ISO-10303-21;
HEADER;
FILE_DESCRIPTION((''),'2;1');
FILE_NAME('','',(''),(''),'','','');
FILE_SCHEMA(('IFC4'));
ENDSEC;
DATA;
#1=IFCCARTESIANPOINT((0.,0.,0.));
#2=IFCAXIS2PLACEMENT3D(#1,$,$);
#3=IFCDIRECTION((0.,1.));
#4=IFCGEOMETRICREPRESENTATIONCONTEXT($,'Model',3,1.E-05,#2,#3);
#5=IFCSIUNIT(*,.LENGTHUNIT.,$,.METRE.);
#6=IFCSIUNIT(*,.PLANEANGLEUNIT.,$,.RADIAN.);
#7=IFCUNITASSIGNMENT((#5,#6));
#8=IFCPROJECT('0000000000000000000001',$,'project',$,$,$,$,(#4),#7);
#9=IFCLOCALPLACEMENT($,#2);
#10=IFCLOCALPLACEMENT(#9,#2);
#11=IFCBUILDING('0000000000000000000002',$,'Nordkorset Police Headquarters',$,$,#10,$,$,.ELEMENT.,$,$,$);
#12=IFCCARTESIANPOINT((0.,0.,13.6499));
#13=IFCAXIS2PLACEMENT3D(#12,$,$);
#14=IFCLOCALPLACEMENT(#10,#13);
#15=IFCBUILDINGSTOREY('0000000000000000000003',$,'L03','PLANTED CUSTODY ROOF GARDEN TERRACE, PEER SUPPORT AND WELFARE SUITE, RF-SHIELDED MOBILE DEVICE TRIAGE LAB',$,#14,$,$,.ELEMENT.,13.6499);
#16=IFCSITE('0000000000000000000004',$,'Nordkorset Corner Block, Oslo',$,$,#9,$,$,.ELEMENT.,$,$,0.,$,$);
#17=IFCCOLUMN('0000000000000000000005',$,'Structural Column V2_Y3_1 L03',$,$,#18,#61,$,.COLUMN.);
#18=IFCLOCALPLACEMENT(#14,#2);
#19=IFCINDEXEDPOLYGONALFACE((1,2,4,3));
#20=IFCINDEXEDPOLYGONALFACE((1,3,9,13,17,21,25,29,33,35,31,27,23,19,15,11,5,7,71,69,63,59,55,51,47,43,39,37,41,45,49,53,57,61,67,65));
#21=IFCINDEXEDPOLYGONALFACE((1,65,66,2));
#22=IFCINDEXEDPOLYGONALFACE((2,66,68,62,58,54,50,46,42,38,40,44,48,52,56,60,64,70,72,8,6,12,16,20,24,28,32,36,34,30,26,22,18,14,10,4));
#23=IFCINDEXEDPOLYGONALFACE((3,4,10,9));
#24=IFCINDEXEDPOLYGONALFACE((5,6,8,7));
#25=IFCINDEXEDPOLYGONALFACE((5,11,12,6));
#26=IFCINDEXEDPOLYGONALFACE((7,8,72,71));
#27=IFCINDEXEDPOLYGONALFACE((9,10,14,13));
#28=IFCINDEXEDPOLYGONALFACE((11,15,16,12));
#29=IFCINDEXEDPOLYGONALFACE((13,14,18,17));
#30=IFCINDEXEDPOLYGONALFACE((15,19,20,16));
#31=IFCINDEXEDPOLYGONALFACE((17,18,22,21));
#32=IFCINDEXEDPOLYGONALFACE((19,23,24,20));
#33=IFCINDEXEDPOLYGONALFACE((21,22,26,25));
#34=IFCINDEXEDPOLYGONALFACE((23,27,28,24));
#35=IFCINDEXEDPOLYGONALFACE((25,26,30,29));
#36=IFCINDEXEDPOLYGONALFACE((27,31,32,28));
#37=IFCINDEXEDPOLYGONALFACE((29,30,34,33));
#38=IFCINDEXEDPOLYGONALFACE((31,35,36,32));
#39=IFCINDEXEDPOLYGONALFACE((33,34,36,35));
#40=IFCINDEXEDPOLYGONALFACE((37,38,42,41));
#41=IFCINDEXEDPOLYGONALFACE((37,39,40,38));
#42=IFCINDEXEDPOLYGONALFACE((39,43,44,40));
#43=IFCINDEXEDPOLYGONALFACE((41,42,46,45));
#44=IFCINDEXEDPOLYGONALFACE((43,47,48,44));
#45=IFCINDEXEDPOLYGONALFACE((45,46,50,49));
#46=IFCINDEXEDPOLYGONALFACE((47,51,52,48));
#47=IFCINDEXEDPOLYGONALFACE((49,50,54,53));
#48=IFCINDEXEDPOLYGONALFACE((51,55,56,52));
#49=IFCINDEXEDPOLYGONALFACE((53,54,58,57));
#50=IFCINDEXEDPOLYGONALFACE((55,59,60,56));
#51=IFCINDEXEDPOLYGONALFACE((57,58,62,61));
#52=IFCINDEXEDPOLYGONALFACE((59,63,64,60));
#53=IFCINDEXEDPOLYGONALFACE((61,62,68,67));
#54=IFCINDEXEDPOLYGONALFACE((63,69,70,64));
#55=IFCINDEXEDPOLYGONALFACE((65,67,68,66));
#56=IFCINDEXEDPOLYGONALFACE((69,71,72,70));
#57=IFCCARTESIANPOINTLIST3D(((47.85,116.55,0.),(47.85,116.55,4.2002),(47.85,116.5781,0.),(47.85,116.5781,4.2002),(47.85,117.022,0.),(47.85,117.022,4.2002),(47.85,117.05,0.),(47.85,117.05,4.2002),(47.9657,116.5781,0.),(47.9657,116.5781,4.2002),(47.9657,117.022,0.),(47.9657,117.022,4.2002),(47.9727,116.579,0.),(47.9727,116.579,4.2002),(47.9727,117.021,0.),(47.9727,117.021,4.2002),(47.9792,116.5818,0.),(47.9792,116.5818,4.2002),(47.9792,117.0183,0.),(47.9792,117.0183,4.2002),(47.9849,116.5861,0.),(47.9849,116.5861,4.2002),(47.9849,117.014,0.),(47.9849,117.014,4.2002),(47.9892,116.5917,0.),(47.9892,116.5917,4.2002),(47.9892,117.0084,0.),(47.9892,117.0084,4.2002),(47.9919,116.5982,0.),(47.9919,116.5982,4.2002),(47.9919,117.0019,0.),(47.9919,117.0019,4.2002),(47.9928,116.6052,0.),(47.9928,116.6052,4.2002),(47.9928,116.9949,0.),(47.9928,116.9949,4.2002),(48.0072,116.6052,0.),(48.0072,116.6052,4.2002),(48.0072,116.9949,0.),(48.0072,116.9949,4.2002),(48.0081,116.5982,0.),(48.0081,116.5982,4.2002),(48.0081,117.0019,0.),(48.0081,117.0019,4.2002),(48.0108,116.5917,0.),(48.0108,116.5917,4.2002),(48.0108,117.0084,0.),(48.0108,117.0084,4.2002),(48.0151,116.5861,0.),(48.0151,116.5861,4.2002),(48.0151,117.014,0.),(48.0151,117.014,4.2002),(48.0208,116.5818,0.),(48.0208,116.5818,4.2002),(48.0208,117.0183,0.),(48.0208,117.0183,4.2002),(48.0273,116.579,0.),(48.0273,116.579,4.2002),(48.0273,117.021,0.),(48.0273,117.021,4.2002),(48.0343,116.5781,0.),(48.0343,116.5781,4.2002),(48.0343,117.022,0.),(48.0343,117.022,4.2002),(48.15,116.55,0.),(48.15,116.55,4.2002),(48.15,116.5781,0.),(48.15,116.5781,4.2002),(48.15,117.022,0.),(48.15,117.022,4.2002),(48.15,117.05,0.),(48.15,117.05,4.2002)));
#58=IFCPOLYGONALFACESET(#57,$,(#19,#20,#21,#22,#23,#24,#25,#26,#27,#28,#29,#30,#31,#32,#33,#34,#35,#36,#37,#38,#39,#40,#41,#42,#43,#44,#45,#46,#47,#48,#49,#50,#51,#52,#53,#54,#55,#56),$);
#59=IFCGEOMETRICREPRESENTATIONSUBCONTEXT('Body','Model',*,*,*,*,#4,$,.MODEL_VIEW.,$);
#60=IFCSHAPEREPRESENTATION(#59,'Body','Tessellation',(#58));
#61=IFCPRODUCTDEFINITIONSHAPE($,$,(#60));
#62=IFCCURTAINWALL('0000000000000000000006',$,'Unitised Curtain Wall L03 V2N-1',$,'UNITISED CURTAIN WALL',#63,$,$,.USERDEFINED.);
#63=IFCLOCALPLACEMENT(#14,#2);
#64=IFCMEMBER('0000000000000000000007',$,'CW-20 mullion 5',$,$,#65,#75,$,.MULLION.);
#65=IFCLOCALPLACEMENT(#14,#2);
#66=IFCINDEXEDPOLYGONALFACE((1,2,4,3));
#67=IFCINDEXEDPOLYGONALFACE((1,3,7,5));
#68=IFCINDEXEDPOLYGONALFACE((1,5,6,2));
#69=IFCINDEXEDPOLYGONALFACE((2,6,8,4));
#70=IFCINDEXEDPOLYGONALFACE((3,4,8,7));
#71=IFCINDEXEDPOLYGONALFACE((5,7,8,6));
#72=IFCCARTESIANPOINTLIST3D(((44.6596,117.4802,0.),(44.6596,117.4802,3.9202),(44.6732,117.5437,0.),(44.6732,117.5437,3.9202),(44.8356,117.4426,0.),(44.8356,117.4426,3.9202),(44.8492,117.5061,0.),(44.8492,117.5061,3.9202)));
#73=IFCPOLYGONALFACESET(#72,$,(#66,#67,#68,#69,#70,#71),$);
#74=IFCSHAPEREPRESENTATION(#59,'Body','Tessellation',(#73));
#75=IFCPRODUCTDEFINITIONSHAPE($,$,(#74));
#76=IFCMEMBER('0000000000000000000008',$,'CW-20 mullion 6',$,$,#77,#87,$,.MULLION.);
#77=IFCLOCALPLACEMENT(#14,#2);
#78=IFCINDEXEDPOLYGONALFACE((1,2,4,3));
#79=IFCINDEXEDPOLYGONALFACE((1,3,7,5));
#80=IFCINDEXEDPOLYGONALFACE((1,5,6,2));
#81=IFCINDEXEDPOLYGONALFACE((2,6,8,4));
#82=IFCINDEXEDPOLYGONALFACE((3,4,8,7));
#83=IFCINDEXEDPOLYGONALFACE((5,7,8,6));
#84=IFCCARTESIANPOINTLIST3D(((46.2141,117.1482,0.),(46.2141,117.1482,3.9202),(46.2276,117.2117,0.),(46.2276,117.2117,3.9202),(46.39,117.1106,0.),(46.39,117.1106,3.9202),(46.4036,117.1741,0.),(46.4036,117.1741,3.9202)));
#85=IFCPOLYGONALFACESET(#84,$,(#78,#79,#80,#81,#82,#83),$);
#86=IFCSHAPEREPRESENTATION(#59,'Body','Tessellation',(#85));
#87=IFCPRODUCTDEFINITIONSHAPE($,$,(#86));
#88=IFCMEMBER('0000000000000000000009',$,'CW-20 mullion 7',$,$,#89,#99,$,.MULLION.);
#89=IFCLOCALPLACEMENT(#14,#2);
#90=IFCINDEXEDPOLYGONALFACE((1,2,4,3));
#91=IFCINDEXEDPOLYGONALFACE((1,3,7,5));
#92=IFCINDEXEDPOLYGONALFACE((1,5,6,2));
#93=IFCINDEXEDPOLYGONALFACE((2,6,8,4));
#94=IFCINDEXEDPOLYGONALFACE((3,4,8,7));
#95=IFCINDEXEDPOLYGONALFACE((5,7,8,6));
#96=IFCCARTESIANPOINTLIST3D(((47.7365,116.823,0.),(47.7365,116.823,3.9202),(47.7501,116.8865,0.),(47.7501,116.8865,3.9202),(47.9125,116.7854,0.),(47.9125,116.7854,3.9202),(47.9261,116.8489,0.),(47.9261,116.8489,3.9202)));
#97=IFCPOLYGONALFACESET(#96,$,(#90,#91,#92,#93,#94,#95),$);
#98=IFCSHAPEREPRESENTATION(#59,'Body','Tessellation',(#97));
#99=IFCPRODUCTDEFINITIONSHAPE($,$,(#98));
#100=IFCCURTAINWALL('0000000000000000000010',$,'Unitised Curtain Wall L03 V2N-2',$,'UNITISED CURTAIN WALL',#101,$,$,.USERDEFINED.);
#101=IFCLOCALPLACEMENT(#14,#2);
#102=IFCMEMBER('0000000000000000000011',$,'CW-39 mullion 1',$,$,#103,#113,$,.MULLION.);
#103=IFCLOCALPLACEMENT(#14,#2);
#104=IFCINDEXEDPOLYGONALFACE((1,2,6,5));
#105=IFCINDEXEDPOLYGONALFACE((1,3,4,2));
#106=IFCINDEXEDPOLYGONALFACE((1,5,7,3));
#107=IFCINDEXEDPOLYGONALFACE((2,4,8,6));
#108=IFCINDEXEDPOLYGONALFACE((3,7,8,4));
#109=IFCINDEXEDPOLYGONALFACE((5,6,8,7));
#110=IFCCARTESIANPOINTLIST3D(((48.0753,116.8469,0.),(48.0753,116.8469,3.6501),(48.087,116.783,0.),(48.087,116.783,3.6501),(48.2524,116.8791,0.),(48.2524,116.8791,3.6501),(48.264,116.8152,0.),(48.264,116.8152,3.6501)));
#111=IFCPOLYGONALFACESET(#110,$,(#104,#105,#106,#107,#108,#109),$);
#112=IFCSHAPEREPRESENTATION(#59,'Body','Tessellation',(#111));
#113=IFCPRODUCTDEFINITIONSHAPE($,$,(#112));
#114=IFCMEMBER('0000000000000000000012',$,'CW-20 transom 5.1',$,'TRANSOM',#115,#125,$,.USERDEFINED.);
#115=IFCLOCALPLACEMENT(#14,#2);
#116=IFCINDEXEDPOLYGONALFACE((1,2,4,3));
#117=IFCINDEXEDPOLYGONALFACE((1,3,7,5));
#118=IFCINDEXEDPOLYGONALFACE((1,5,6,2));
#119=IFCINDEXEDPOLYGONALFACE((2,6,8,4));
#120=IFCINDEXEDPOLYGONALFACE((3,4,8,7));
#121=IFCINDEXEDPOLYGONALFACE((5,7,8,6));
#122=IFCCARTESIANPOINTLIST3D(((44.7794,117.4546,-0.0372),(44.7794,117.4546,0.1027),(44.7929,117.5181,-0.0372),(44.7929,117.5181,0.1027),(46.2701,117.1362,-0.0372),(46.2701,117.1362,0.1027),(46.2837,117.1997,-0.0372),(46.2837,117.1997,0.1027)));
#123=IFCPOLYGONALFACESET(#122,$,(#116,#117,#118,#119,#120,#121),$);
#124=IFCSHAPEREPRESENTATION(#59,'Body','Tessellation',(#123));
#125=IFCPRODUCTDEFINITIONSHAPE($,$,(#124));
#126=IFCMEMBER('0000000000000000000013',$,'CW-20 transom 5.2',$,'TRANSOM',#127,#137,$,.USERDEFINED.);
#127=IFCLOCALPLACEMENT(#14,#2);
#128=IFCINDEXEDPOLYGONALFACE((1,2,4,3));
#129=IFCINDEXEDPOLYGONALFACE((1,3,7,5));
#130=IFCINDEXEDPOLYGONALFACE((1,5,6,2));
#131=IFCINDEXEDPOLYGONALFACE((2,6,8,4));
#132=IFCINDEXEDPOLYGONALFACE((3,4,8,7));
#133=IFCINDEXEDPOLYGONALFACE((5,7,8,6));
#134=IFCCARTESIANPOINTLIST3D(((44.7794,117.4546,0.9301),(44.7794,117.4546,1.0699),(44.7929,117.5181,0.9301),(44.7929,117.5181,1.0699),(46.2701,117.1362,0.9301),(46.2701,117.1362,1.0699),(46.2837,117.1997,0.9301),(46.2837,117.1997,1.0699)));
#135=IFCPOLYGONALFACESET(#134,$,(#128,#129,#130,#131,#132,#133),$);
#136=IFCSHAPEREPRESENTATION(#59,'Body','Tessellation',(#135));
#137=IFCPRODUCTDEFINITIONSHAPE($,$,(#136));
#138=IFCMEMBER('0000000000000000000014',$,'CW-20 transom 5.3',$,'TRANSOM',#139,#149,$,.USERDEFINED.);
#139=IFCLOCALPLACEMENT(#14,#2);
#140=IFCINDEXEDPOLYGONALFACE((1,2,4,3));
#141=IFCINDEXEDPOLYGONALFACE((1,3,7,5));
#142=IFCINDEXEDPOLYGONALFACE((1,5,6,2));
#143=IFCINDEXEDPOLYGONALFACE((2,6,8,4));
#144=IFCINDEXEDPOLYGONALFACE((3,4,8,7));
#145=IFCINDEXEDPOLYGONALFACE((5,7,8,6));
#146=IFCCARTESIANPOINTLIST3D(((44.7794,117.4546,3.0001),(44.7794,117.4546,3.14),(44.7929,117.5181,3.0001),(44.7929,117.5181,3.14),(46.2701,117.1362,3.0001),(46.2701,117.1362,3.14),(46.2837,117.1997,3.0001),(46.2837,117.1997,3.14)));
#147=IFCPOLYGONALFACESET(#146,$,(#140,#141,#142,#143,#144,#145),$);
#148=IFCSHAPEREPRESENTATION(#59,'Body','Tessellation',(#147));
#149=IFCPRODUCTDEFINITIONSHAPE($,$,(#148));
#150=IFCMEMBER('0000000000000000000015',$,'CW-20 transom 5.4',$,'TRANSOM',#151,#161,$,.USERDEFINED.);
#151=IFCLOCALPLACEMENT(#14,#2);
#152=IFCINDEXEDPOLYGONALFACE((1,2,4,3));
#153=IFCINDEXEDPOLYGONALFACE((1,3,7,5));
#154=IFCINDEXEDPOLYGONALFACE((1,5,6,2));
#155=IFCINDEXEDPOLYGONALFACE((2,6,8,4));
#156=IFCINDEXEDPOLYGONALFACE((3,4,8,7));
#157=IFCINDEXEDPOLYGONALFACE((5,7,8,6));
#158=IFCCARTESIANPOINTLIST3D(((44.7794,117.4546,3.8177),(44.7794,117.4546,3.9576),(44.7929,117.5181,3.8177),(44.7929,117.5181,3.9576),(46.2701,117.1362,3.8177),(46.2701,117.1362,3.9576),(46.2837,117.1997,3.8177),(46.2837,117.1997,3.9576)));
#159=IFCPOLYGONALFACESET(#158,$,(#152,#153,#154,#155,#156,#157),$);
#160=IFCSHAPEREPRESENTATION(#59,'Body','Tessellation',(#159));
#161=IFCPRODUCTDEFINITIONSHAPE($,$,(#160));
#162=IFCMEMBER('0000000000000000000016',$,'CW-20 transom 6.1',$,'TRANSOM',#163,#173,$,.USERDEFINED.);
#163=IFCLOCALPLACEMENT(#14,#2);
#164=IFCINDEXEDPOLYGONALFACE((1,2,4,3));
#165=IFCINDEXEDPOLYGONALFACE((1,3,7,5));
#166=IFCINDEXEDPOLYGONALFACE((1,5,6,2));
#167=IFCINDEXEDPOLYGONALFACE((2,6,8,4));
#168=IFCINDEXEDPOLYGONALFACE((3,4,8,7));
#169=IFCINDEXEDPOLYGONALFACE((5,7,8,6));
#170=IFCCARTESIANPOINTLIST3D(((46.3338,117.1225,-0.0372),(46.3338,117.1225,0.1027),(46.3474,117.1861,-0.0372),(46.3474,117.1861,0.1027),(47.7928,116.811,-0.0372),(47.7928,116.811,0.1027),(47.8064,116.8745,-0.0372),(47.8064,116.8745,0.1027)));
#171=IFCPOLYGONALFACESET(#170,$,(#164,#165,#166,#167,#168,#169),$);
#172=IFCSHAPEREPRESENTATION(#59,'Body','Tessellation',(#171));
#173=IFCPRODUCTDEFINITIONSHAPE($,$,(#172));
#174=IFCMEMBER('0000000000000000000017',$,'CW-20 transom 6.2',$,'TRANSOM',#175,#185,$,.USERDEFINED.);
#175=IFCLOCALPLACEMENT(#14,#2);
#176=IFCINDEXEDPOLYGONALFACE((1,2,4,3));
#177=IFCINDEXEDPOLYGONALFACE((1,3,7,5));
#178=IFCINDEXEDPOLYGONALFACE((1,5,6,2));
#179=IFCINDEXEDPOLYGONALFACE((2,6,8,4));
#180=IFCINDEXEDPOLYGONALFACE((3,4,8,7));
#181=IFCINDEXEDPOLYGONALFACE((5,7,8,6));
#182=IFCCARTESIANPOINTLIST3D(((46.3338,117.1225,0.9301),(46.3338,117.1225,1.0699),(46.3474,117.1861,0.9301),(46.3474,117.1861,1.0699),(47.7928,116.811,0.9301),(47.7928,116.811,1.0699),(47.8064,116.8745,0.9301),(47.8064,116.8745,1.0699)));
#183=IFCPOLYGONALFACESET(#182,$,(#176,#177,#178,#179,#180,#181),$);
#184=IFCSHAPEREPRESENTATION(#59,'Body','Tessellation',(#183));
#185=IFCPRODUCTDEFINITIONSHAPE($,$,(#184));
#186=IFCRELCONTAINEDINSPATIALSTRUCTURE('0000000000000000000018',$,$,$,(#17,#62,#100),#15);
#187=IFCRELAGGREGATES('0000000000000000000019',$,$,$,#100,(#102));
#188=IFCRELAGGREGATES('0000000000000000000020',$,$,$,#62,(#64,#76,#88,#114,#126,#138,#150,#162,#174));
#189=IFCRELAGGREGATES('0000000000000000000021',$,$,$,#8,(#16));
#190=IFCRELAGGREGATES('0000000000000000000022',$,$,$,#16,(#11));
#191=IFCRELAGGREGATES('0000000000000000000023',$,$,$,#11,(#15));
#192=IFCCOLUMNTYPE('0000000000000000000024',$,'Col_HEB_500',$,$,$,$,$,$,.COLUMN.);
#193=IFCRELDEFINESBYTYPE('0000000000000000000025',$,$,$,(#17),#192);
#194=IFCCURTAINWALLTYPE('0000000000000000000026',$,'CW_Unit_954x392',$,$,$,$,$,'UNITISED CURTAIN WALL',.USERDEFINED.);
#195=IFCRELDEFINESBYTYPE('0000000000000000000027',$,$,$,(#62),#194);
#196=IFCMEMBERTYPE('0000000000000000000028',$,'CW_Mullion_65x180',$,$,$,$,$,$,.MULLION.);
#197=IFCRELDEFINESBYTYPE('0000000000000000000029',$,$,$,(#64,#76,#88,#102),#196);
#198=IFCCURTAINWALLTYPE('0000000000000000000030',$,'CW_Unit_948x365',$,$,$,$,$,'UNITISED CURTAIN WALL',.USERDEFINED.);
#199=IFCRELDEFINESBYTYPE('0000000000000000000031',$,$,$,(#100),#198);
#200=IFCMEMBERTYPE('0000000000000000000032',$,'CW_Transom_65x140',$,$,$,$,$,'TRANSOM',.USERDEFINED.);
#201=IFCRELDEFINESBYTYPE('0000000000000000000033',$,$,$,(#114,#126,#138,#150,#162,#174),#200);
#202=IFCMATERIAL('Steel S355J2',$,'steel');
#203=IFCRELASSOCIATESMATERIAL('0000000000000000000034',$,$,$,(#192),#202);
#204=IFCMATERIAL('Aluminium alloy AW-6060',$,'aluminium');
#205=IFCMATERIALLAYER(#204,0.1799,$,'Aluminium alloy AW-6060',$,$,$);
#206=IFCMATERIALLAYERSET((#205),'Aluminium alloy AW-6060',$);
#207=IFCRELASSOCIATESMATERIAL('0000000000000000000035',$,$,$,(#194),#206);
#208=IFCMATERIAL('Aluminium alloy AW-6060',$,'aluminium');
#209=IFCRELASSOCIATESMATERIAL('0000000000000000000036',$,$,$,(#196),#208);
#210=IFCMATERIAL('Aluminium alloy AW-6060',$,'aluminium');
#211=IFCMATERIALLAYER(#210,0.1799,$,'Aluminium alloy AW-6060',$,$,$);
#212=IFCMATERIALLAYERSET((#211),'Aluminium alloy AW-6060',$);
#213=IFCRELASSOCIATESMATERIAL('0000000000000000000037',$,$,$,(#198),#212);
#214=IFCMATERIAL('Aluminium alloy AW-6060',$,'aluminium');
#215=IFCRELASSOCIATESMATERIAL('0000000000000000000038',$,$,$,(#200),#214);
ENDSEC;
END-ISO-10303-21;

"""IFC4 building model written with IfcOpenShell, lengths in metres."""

from ifc_helpers import new_model, si_unit, direction, frame, origin, origin_2d, place, context, subcontext, project, spatial, rectangle, i_section, extrude, material, layer, layer_set, material_profile, profile_set, type_object, element, aggregate, save


model = new_model("IFC4")

# Units and contexts
model_context = context("Model", 3, precision=1e-05, world=origin(), true_north=direction((0.0, 1.0)))
body_context = subcontext(model_context, "Body", "Model", "MODEL_VIEW")
ifc_project = project(units=[si_unit("LENGTHUNIT", "METRE"), si_unit("PLANEANGLEUNIT", "RADIAN")], contexts=[model_context])

# Site, building, storey
site_placement = place(None, origin())
site = spatial("IfcSite", under=ifc_project, at=site_placement, Name="Nordkorset Corner Block, Oslo", CompositionType="ELEMENT", RefElevation=0.0)
building_placement = place(site_placement, origin())
building = spatial("IfcBuilding", under=site, at=building_placement, Name="Nordkorset Police Headquarters", CompositionType="ELEMENT")
storey_placement = place(building_placement, frame((0.0, 0.0, 13.6499)))
storey = spatial("IfcBuildingStorey", under=building, at=storey_placement, Name="L03", Description="PLANTED CUSTODY ROOF GARDEN TERRACE, PEER SUPPORT AND WELFARE SUITE, RF-SHIELDED MOBILE DEVICE TRIAGE LAB", CompositionType="ELEMENT", Elevation=13.6499)

# Column
ifc_material_1 = material(Name="Steel S355J2", Category="steel")
ifc_material_profile_1 = material_profile(ifc_material_1, i_section(OverallWidth=0.3, OverallDepth=0.5, WebThickness=0.0144, FlangeThickness=0.0281, FilletRadius=0.0271, at=origin_2d()), Name="HEB 500")
ifc_profile_set_1 = profile_set([ifc_material_profile_1], Name="Steel S355J2")
column_type = type_object("IfcColumnType", Name="Col_HEB_500", PredefinedType="COLUMN", material=ifc_profile_set_1)
column_placement = place(storey_placement, frame((48.0, 116.8, 0.0), z_axis=(0.0, 0.0, 1.0), x_axis=(1.0, 0.0, 0.0)))
element("IfcColumn", 1, at=column_placement, inside=storey, type_object=column_type, Name="Structural Column V2_Y3_1 L03", PredefinedType="COLUMN", context=body_context, shape_type="SweptSolid", body=[
    extrude(i_section(OverallWidth=0.3, OverallDepth=0.5, WebThickness=0.0144, FlangeThickness=0.0281, FilletRadius=0.0271, at=origin_2d()), origin(), (0.0, 0.0, 1.0), 4.2002),
])

# Curtain wall, members
ifc_material_2 = material(Name="Aluminium alloy AW-6060", Category="aluminium")
ifc_layer_1 = layer(ifc_material_2, 0.1799, Name="Aluminium alloy AW-6060")
ifc_layer_set_1 = layer_set([ifc_layer_1], Name="Aluminium alloy AW-6060")
curtain_wall_type_1 = type_object("IfcCurtainWallType", Name="CW_Unit_954x392", ElementType="UNITISED CURTAIN WALL", PredefinedType="USERDEFINED", material=ifc_layer_set_1)
curtain_wall_1_placement = place(storey_placement, origin())
curtain_wall_1 = element("IfcCurtainWall", 2, at=curtain_wall_1_placement, inside=storey, type_object=curtain_wall_type_1, Name="Unitised Curtain Wall L03 V2N-1", ObjectType="UNITISED CURTAIN WALL", PredefinedType="USERDEFINED")
ifc_material_3 = material(Name="Aluminium alloy AW-6060", Category="aluminium")
ifc_material_profile_2 = material_profile(ifc_material_3, rectangle(XDim=0.0649, YDim=0.1799, at=origin_2d()), Name="ALU MULL 65x180")
ifc_profile_set_2 = profile_set([ifc_material_profile_2], Name="Aluminium alloy AW-6060")
member_type_1 = type_object("IfcMemberType", Name="CW_Mullion_65x180", PredefinedType="MULLION", material=ifc_profile_set_2)
member_1_placement = place(storey_placement, frame((44.7544, 117.4932, 0.0), z_axis=(0.0, 0.0, 1.0), x_axis=(0.208833, 0.977951, 0.0)))
member_1 = element("IfcMember", 3, at=member_1_placement, type_object=member_type_1, Name="CW-20 mullion 5", PredefinedType="MULLION", context=body_context, shape_type="SweptSolid", body=[
    extrude(rectangle(XDim=0.0649, YDim=0.1799, at=origin_2d()), origin(), (0.0, 0.0, 1.0), 3.9202),
])
member_2_placement = place(storey_placement, frame((46.3088, 117.1611, 0.0), z_axis=(0.0, 0.0, 1.0), x_axis=(0.208833, 0.977951, 0.0)))
member_2 = element("IfcMember", 4, at=member_2_placement, type_object=member_type_1, Name="CW-20 mullion 6", PredefinedType="MULLION", context=body_context, shape_type="SweptSolid", body=[
    extrude(rectangle(XDim=0.0649, YDim=0.1799, at=origin_2d()), origin(), (0.0, 0.0, 1.0), 3.9202),
])
member_3_placement = place(storey_placement, frame((47.8313, 116.8359, 0.0), z_axis=(0.0, 0.0, 1.0), x_axis=(0.208833, 0.977951, 0.0)))
member_3 = element("IfcMember", 5, at=member_3_placement, type_object=member_type_1, Name="CW-20 mullion 7", PredefinedType="MULLION", context=body_context, shape_type="SweptSolid", body=[
    extrude(rectangle(XDim=0.0649, YDim=0.1799, at=origin_2d()), origin(), (0.0, 0.0, 1.0), 3.9202),
])

# Curtain wall, member
ifc_material_4 = material(Name="Aluminium alloy AW-6060", Category="aluminium")
ifc_layer_2 = layer(ifc_material_4, 0.1799, Name="Aluminium alloy AW-6060")
ifc_layer_set_2 = layer_set([ifc_layer_2], Name="Aluminium alloy AW-6060")
curtain_wall_type_2 = type_object("IfcCurtainWallType", Name="CW_Unit_948x365", ElementType="UNITISED CURTAIN WALL", PredefinedType="USERDEFINED", material=ifc_layer_set_2)
curtain_wall_2_placement = place(storey_placement, origin())
curtain_wall_2 = element("IfcCurtainWall", 6, at=curtain_wall_2_placement, inside=storey, type_object=curtain_wall_type_2, Name="Unitised Curtain Wall L03 V2N-2", ObjectType="UNITISED CURTAIN WALL", PredefinedType="USERDEFINED")
member_4_placement = place(storey_placement, frame((48.1697, 116.8311, 0.0), z_axis=(0.0, 0.0, 1.0), x_axis=(-0.179336, 0.983788, 0.0)))
member_4 = element("IfcMember", 7, at=member_4_placement, type_object=member_type_1, Name="CW-39 mullion 1", PredefinedType="MULLION", context=body_context, shape_type="SweptSolid", body=[
    extrude(rectangle(XDim=0.0649, YDim=0.1799, at=origin_2d()), origin(), (0.0, 0.0, 1.0), 3.6501),
])

# Members
ifc_material_5 = material(Name="Aluminium alloy AW-6060", Category="aluminium")
ifc_material_profile_3 = material_profile(ifc_material_5, rectangle(XDim=0.0649, YDim=0.1399, at=origin_2d()), Name="ALU TRAN 65x140")
ifc_profile_set_3 = profile_set([ifc_material_profile_3], Name="Aluminium alloy AW-6060")
member_type_2 = type_object("IfcMemberType", Name="CW_Transom_65x140", ElementType="TRANSOM", PredefinedType="USERDEFINED", material=ifc_profile_set_3)
member_5_placement = place(storey_placement, frame((44.7861, 117.4863, 0.0327), z_axis=(0.977947, -0.208851, 0.0), x_axis=(0.208851, 0.977947, 0.0)))
member_5 = element("IfcMember", 8, at=member_5_placement, type_object=member_type_2, Name="CW-20 transom 5.1", ObjectType="TRANSOM", PredefinedType="USERDEFINED", context=body_context, shape_type="SweptSolid", body=[
    extrude(rectangle(XDim=0.0649, YDim=0.1399, at=origin_2d()), origin(), (0.0, 0.0, 1.0), 1.5244),
])
member_6_placement = place(storey_placement, frame((44.7861, 117.4863, 1.0), z_axis=(0.977947, -0.208851, 0.0), x_axis=(0.208851, 0.977947, 0.0)))
member_6 = element("IfcMember", 9, at=member_6_placement, type_object=member_type_2, Name="CW-20 transom 5.2", ObjectType="TRANSOM", PredefinedType="USERDEFINED", context=body_context, shape_type="SweptSolid", body=[
    extrude(rectangle(XDim=0.0649, YDim=0.1399, at=origin_2d()), origin(), (0.0, 0.0, 1.0), 1.5244),
])
member_7_placement = place(storey_placement, frame((44.7861, 117.4863, 3.0701), z_axis=(0.977947, -0.208851, 0.0), x_axis=(0.208851, 0.977947, 0.0)))
member_7 = element("IfcMember", 10, at=member_7_placement, type_object=member_type_2, Name="CW-20 transom 5.3", ObjectType="TRANSOM", PredefinedType="USERDEFINED", context=body_context, shape_type="SweptSolid", body=[
    extrude(rectangle(XDim=0.0649, YDim=0.1399, at=origin_2d()), origin(), (0.0, 0.0, 1.0), 1.5244),
])
member_8_placement = place(storey_placement, frame((44.7861, 117.4863, 3.8877), z_axis=(0.977947, -0.208851, 0.0), x_axis=(0.208851, 0.977947, 0.0)))
member_8 = element("IfcMember", 11, at=member_8_placement, type_object=member_type_2, Name="CW-20 transom 5.4", ObjectType="TRANSOM", PredefinedType="USERDEFINED", context=body_context, shape_type="SweptSolid", body=[
    extrude(rectangle(XDim=0.0649, YDim=0.1399, at=origin_2d()), origin(), (0.0, 0.0, 1.0), 1.5244),
])
member_9_placement = place(storey_placement, frame((46.3406, 117.1543, 0.0327), z_axis=(0.977955, -0.208814, 0.0), x_axis=(0.208814, 0.977955, 0.0)))
member_9 = element("IfcMember", 12, at=member_9_placement, type_object=member_type_2, Name="CW-20 transom 6.1", ObjectType="TRANSOM", PredefinedType="USERDEFINED", context=body_context, shape_type="SweptSolid", body=[
    extrude(rectangle(XDim=0.0649, YDim=0.1399, at=origin_2d()), origin(), (0.0, 0.0, 1.0), 1.4919),
])
member_10_placement = place(storey_placement, frame((46.3406, 117.1543, 1.0), z_axis=(0.977955, -0.208814, 0.0), x_axis=(0.208814, 0.977955, 0.0)))
member_10 = element("IfcMember", 13, at=member_10_placement, type_object=member_type_2, Name="CW-20 transom 6.2", ObjectType="TRANSOM", PredefinedType="USERDEFINED", context=body_context, shape_type="SweptSolid", body=[
    extrude(rectangle(XDim=0.0649, YDim=0.1399, at=origin_2d()), origin(), (0.0, 0.0, 1.0), 1.4919),
])
aggregate(curtain_wall_2, [member_4])

aggregate(curtain_wall_1, [member_1, member_2, member_3, member_5, member_6, member_7, member_8, member_9, member_10])

save(model, "model.ifc")
